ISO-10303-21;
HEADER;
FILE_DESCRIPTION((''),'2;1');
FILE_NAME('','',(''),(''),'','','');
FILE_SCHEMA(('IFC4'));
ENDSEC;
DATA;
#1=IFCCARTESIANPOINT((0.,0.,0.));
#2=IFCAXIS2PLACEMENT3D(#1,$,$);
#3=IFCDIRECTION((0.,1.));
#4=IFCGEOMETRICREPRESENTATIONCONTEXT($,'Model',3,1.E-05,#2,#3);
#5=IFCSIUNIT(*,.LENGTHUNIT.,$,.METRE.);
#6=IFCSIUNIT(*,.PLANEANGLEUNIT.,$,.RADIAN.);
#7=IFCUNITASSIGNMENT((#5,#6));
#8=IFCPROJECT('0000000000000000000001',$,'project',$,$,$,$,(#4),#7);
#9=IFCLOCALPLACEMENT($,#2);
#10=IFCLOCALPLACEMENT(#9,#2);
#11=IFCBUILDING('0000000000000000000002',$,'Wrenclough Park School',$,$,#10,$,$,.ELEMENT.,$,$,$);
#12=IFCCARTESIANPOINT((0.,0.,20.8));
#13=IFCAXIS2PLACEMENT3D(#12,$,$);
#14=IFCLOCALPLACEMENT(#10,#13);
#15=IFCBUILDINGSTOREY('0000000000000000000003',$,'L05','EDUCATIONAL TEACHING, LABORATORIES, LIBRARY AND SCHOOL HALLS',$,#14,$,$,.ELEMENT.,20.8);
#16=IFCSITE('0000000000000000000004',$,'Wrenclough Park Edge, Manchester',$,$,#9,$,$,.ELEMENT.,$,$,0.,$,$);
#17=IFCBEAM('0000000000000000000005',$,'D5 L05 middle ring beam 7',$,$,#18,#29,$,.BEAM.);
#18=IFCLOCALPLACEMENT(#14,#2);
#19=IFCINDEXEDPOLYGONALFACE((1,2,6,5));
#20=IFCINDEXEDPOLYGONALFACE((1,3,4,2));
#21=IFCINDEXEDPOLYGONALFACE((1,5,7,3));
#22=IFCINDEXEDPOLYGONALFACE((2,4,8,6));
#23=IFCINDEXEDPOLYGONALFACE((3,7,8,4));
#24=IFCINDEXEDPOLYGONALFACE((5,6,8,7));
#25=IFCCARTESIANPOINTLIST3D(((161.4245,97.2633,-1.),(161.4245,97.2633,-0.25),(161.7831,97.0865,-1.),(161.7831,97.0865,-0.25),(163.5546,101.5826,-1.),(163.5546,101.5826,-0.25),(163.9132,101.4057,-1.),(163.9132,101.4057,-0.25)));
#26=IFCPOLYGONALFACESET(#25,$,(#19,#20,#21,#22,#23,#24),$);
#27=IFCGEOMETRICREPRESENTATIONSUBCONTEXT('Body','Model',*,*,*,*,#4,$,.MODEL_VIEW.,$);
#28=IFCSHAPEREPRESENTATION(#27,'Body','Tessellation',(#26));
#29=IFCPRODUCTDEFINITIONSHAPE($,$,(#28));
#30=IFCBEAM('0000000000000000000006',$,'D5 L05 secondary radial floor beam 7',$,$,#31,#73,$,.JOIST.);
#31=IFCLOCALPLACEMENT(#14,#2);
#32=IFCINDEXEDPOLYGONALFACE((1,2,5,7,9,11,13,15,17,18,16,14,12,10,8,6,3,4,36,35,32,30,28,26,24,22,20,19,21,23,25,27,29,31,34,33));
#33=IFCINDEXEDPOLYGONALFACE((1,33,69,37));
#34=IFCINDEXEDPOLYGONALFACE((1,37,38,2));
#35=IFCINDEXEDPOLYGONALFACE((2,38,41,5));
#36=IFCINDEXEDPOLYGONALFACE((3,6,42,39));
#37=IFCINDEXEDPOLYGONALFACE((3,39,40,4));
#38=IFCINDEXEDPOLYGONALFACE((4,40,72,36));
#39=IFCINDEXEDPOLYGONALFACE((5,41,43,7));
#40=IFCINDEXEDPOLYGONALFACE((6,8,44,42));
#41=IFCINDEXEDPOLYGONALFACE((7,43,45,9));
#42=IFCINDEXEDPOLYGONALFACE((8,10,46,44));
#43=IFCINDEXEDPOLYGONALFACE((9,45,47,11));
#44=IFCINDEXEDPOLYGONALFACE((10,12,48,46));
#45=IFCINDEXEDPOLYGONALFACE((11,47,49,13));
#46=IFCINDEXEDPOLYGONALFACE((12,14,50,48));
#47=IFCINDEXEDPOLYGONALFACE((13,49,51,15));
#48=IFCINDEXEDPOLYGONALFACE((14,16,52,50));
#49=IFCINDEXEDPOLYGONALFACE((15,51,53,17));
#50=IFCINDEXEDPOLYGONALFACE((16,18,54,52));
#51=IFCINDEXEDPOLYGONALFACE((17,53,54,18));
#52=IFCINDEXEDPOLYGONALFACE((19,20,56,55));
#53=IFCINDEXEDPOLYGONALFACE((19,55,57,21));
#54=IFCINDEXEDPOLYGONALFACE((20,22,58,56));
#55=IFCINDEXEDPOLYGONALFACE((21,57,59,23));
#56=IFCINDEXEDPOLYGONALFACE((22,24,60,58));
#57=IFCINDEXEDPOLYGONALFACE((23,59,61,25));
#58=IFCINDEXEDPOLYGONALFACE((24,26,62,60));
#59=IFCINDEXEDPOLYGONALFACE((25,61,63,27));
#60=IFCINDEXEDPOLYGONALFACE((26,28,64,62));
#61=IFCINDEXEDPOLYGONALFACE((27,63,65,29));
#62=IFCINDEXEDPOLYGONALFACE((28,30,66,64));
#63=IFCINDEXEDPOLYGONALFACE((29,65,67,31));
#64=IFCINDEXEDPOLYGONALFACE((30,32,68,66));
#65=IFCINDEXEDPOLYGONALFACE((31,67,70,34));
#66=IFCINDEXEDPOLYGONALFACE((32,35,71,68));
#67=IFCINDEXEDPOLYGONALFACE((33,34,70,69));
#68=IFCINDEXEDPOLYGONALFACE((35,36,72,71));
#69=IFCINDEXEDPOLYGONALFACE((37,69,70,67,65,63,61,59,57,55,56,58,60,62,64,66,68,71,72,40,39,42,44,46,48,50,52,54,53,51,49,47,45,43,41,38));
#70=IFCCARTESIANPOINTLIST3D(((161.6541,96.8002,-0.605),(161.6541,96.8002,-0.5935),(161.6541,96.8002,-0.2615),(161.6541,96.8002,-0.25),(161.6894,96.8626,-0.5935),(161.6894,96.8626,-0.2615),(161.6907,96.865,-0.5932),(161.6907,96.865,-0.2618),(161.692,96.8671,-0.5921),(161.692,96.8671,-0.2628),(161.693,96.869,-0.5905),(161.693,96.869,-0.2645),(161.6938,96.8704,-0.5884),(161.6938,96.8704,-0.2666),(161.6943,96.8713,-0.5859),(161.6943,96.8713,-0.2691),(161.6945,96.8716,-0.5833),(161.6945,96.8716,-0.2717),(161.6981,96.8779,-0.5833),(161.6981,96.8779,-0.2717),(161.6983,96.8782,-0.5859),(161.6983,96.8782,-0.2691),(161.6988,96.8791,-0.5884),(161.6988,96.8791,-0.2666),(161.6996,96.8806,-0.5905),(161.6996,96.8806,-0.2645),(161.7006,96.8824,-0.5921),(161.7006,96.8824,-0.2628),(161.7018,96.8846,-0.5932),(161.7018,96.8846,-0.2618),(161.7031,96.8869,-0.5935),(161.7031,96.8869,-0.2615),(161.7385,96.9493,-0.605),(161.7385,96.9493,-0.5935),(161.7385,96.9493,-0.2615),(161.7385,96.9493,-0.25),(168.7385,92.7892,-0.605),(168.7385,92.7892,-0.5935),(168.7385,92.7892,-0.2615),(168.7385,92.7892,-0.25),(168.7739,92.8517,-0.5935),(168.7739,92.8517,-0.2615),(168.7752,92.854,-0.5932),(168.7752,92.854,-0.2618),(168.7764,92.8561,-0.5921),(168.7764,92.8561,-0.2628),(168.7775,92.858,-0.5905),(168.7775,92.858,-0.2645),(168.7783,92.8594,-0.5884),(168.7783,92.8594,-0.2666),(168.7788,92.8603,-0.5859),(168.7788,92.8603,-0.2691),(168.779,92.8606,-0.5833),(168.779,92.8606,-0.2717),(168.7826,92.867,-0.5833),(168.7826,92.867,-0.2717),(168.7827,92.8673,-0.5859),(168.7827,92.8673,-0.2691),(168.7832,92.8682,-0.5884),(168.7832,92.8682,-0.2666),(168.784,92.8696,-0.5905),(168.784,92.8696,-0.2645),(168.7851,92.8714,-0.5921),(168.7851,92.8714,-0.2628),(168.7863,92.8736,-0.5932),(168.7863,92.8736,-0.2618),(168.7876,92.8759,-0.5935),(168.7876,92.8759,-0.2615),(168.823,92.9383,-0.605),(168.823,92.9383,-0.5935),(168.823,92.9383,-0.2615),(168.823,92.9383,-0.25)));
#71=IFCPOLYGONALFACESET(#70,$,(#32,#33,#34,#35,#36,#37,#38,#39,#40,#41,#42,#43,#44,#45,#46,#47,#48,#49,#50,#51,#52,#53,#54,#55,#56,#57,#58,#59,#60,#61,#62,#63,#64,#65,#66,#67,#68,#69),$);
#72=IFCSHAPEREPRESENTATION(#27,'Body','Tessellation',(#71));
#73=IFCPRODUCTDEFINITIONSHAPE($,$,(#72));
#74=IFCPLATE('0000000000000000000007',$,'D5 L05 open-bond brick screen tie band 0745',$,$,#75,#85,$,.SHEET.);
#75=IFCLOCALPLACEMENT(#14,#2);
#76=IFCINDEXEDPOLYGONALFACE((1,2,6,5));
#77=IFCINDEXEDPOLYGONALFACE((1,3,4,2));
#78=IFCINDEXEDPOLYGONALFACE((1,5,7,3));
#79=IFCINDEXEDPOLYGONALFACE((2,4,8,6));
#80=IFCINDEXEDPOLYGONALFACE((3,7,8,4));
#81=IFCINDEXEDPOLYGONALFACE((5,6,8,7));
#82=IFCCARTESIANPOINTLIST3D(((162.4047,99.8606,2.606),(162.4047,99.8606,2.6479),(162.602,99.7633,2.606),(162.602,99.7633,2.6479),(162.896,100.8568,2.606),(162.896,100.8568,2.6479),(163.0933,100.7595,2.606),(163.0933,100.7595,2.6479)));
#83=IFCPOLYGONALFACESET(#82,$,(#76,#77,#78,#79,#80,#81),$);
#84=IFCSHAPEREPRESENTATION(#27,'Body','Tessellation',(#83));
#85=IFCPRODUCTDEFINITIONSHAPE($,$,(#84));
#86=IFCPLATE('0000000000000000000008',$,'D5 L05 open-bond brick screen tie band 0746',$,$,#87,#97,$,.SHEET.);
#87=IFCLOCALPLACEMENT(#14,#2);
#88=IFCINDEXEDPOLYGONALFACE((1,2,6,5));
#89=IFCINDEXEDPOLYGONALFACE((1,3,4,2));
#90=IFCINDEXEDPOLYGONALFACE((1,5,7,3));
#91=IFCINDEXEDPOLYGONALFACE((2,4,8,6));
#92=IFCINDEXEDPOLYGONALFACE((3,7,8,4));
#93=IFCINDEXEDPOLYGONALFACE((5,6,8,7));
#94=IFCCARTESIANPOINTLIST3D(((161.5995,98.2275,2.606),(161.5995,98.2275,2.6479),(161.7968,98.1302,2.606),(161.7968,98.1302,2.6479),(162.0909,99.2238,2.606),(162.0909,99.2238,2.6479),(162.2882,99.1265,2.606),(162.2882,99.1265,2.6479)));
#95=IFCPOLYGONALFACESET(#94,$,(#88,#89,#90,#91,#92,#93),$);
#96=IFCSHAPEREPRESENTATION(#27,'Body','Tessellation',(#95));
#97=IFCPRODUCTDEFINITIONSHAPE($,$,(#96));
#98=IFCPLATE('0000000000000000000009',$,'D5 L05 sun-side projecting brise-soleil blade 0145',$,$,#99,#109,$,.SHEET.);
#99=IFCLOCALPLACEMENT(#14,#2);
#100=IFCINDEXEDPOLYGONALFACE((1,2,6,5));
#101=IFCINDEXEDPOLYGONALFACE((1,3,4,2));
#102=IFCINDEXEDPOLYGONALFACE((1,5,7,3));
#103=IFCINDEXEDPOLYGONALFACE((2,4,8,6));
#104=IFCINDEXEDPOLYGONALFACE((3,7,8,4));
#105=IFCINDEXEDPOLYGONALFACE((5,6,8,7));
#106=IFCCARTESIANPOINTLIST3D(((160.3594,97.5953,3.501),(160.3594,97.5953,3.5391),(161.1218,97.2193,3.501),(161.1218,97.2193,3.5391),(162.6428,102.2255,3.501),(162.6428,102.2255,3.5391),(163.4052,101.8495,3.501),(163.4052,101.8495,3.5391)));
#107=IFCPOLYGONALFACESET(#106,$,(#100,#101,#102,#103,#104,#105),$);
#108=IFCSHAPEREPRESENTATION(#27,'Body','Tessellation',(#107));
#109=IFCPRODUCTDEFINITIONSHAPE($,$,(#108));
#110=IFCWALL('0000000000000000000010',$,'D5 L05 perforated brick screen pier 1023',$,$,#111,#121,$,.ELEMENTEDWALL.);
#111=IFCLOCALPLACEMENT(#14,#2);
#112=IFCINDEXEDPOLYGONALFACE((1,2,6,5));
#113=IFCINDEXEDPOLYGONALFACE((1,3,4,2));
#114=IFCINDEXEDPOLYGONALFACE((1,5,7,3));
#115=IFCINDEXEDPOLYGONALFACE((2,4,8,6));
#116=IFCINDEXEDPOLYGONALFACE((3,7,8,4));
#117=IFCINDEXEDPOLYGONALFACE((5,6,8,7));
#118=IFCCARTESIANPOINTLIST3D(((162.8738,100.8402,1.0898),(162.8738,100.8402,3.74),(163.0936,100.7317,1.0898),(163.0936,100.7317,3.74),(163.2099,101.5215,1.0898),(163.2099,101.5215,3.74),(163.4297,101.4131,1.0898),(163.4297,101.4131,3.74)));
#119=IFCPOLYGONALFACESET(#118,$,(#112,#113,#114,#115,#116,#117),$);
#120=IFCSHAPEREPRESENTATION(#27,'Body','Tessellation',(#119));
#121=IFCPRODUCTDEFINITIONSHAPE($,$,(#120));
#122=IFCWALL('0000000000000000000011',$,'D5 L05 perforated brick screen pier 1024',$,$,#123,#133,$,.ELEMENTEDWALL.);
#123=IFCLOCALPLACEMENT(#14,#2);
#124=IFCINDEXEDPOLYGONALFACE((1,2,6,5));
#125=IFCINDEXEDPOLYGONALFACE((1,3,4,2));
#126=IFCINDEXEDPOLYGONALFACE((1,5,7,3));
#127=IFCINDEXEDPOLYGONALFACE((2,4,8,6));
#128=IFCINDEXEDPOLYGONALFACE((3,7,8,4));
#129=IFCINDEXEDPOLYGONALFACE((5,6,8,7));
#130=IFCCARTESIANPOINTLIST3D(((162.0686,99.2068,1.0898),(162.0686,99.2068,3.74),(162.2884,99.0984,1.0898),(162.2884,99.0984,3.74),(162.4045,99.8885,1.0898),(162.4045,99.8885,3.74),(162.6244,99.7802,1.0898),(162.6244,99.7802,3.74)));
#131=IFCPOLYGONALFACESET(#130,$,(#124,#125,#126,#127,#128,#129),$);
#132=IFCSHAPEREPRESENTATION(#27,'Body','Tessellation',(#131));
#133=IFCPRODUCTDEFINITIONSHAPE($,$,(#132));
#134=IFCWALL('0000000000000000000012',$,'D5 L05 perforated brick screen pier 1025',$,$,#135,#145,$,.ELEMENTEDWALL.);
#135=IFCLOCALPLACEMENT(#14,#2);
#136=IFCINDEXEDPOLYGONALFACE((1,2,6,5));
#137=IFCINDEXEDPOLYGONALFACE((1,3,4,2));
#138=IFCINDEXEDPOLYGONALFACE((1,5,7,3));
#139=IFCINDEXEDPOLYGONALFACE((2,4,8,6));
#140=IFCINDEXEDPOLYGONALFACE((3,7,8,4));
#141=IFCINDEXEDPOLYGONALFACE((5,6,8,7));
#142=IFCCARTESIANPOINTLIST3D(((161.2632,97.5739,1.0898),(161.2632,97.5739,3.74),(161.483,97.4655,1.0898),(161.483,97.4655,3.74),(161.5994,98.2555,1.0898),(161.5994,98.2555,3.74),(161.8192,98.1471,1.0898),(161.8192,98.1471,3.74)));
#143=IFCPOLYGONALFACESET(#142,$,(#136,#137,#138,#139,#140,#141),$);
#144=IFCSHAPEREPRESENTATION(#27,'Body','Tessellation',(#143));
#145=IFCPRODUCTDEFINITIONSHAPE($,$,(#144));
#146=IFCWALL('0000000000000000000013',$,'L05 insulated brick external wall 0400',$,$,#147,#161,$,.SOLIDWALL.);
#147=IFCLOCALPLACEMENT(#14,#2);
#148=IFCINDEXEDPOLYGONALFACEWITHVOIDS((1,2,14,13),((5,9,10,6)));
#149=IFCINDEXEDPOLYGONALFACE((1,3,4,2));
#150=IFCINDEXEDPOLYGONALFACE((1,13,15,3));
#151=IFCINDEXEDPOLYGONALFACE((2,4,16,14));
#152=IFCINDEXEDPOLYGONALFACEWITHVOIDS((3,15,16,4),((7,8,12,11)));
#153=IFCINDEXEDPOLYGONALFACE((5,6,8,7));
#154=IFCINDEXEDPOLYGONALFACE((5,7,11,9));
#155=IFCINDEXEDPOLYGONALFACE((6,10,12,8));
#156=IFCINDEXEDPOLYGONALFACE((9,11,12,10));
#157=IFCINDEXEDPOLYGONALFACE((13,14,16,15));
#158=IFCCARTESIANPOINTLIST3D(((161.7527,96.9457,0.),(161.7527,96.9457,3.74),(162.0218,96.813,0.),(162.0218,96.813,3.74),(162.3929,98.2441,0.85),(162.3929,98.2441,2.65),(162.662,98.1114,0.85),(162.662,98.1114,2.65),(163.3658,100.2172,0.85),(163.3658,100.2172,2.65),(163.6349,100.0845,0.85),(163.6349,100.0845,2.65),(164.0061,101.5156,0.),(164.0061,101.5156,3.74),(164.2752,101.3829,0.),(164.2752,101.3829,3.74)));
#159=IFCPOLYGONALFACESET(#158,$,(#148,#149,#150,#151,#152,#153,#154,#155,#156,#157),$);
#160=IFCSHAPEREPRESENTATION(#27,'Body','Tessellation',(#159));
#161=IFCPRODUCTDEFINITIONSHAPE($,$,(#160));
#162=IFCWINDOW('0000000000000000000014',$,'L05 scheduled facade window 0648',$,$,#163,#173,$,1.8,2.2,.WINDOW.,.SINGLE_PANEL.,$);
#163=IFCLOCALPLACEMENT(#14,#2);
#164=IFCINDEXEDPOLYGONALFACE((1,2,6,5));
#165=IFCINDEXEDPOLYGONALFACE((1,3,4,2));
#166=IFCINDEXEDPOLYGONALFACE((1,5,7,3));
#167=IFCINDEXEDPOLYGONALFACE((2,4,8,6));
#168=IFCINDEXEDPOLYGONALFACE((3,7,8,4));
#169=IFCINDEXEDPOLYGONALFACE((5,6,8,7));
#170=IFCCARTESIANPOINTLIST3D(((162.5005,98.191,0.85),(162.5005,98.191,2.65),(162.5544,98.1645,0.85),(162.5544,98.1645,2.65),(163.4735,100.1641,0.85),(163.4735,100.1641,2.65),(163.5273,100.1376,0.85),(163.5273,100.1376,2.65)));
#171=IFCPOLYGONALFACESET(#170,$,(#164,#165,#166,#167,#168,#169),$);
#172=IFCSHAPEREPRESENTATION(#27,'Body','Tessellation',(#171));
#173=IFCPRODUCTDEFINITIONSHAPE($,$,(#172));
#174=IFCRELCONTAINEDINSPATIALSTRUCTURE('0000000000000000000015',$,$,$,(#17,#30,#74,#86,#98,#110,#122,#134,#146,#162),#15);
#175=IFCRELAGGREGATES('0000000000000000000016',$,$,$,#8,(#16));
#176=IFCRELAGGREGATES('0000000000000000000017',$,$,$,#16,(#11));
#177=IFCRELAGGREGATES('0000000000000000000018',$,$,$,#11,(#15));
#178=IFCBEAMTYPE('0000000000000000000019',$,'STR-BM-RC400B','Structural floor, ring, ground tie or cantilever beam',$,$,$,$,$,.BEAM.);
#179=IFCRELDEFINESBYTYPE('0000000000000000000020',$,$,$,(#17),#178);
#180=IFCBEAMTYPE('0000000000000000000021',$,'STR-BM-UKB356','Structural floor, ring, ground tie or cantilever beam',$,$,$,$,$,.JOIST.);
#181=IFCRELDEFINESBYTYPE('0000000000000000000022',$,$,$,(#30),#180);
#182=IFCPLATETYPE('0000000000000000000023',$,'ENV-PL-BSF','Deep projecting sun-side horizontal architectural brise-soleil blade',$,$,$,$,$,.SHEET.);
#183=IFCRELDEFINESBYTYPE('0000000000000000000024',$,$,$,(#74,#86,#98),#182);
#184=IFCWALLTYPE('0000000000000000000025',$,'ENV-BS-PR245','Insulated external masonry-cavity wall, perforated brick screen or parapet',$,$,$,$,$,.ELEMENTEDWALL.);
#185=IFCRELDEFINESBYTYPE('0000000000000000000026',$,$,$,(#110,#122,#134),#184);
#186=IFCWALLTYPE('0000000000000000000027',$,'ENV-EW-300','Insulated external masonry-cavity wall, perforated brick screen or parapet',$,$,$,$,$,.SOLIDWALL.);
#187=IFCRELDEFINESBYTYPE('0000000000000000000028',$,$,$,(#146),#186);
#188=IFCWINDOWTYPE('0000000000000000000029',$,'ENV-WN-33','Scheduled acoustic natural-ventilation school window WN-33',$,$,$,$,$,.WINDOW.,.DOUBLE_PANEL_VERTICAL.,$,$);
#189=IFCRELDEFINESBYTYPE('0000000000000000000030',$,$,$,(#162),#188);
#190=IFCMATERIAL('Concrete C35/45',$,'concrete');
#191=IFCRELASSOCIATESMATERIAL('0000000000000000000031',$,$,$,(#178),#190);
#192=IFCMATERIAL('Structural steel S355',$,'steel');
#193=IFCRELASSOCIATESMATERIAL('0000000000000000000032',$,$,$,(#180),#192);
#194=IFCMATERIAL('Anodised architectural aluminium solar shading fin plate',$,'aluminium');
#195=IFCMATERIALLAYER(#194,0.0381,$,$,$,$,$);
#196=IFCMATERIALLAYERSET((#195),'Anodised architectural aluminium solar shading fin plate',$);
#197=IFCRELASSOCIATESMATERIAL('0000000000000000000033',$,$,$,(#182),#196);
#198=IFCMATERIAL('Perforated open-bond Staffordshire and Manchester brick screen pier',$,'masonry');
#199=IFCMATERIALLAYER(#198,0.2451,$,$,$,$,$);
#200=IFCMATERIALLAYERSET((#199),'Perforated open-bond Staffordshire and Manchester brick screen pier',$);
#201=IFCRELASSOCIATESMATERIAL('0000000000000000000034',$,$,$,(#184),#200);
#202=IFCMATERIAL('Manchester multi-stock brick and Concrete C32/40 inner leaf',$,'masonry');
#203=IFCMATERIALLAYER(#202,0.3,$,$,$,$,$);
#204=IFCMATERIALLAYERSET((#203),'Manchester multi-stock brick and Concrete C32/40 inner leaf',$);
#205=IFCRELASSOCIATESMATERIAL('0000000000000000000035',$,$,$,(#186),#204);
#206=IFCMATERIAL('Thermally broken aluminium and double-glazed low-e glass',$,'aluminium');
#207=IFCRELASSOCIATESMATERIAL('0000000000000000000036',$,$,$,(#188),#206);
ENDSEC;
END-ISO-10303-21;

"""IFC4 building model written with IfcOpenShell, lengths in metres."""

from ifc_helpers import new_model, si_unit, direction, frame, frame_2d, origin, origin_2d, place, context, subcontext, project, spatial, rectangle, i_section, extrude, material, layer, layer_set, material_profile, profile_set, type_object, element, fill, save


model = new_model("IFC4")

# Units and contexts
model_context = context("Model", 3, precision=1e-05, world=origin(), true_north=direction((0.0, 1.0)))
body_context = subcontext(model_context, "Body", "Model", "MODEL_VIEW")
ifc_project = project(units=[si_unit("LENGTHUNIT", "METRE"), si_unit("PLANEANGLEUNIT", "RADIAN")], contexts=[model_context])

# Site, building, storey
site_placement = place(None, origin())
site = spatial("IfcSite", under=ifc_project, at=site_placement, Name="Wrenclough Park Edge, Manchester", CompositionType="ELEMENT", RefElevation=0.0)
building_placement = place(site_placement, origin())
building = spatial("IfcBuilding", under=site, at=building_placement, Name="Wrenclough Park School", CompositionType="ELEMENT")
storey_placement = place(building_placement, frame((0.0, 0.0, 20.8)))
storey = spatial("IfcBuildingStorey", under=building, at=storey_placement, Name="L05", Description="EDUCATIONAL TEACHING, LABORATORIES, LIBRARY AND SCHOOL HALLS", CompositionType="ELEMENT", Elevation=20.8)

# Beams
ifc_material_1 = material(Name="Concrete C35/45", Category="concrete")
ifc_material_profile_1 = material_profile(ifc_material_1, rectangle(XDim=0.3999, YDim=0.75, at=origin_2d()), Name="RC BEAM 400x750")
ifc_profile_set_1 = profile_set([ifc_material_profile_1], Name="Concrete C35/45")
beam_type_1 = type_object("IfcBeamType", Name="STR-BM-RC400B", Description="Structural floor, ring, ground tie or cantilever beam", PredefinedType="BEAM", material=ifc_profile_set_1)
beam_1_placement = place(storey_placement, frame((163.7339, 101.4941, -0.625), z_axis=(-0.4423, -0.896867, 0.0), x_axis=(0.896867, -0.4423, 0.0)))
element("IfcBeam", 1, at=beam_1_placement, inside=storey, type_object=beam_type_1, Name="D5 L05 middle ring beam 7", PredefinedType="BEAM", context=body_context, shape_type="SweptSolid", body=[
    extrude(rectangle(XDim=0.3999, YDim=0.75, at=origin_2d()), origin(), (0.0, 0.0, 1.0), 4.8159),
])
ifc_material_2 = material(Name="Structural steel S355", Category="steel")
ifc_material_profile_2 = material_profile(ifc_material_2, i_section(OverallWidth=0.1714, OverallDepth=0.355, WebThickness=0.0073, FlangeThickness=0.0115, FilletRadius=0.0103, at=origin_2d()), Name="UKB 356x171x51")
ifc_profile_set_2 = profile_set([ifc_material_profile_2], Name="Structural steel S355")
beam_type_2 = type_object("IfcBeamType", Name="STR-BM-UKB356", Description="Structural floor, ring, ground tie or cantilever beam", PredefinedType="JOIST", material=ifc_profile_set_2)
beam_2_placement = place(storey_placement, frame((161.6963, 96.8748, -0.4275), z_axis=(0.870209, -0.492683, 0.0), x_axis=(0.492683, 0.870209, 0.0)))
element("IfcBeam", 2, at=beam_2_placement, inside=storey, type_object=beam_type_2, Name="D5 L05 secondary radial floor beam 7", PredefinedType="JOIST", context=body_context, shape_type="SweptSolid", body=[
    extrude(i_section(OverallWidth=0.1714, OverallDepth=0.355, WebThickness=0.0073, FlangeThickness=0.0115, FilletRadius=0.0103, at=origin_2d()), origin(), (0.0, 0.0, 1.0), 8.1411),
])

# Plates
ifc_material_3 = material(Name="Anodised architectural aluminium solar shading fin plate", Category="aluminium")
ifc_layer_1 = layer(ifc_material_3, 0.0381)
ifc_layer_set_1 = layer_set([ifc_layer_1], Name="Anodised architectural aluminium solar shading fin plate")
plate_type = type_object("IfcPlateType", Name="ENV-PL-BSF", Description="Deep projecting sun-side horizontal architectural brise-soleil blade", PredefinedType="SHEET", material=ifc_layer_set_1)
for number, where, z_axis, x_axis, name in (
    (3, (162.749, 100.3101, 2.606), (0.0, 0.0, 1.0), (-0.442301, -0.896867, 0.0), "D5 L05 open-bond brick screen tie band 0745"),
    (4, (161.9438, 98.677, 2.606), (0.0, 0.0, 1.0), (-0.442301, -0.896867, 0.0), "D5 L05 open-bond brick screen tie band 0746"),
):
    element("IfcPlate", number, at=place(storey_placement, frame(where, z_axis=z_axis, x_axis=x_axis)), inside=storey, type_object=plate_type, Name=name, PredefinedType="SHEET", context=body_context, shape_type="SweptSolid", body=[
        extrude(rectangle(XDim=1.1108, YDim=0.22, at=origin_2d()), origin(), (0.0, 0.0, 1.0), 0.042),
    ])
plate_placement = place(storey_placement, frame((161.8823, 99.7224, 3.501), z_axis=(0.0, 0.0, 1.0), x_axis=(-0.442301, -0.896867, 0.0)))
element("IfcPlate", 5, at=plate_placement, inside=storey, type_object=plate_type, Name="D5 L05 sun-side projecting brise-soleil blade 0145", PredefinedType="SHEET", context=body_context, shape_type="SweptSolid", body=[
    extrude(rectangle(XDim=5.1626, YDim=0.8501, at=origin_2d()), origin(), (0.0, 0.0, 1.0), 0.0381),
])

# Walls
ifc_material_4 = material(Name="Perforated open-bond Staffordshire and Manchester brick screen pier", Category="masonry")
ifc_layer_2 = layer(ifc_material_4, 0.2451)
ifc_layer_set_2 = layer_set([ifc_layer_2], Name="Perforated open-bond Staffordshire and Manchester brick screen pier")
wall_type_1 = type_object("IfcWallType", Name="ENV-BS-PR245", Description="Insulated external masonry-cavity wall, perforated brick screen or parapet", PredefinedType="ELEMENTEDWALL", material=ifc_layer_set_2)
wall_1_placement = place(storey_placement, frame((163.3198, 101.4673, 1.0898), z_axis=(0.0, 0.0, 1.0), x_axis=(-0.442452, -0.896792, 0.0)))
element("IfcWall", 6, at=wall_1_placement, inside=storey, type_object=wall_type_1, Name="D5 L05 perforated brick screen pier 1023", PredefinedType="ELEMENTEDWALL", context=body_context, shape_type="SweptSolid", body=[
    extrude(rectangle(XDim=0.7598, YDim=0.2451, at=frame_2d((0.3799, 0.0))), origin(), (0.0, 0.0, 1.0), 2.6501),
])
for number, where, z_axis, x_axis, name in (
    (7, (162.5144, 99.8342, 1.0898), (0.0, 0.0, 1.0), (-0.442066, -0.896983, 0.0), "D5 L05 perforated brick screen pier 1024"),
    (8, (161.7092, 98.2012, 1.0898), (0.0, 0.0, 1.0), (-0.442324, -0.896855, 0.0), "D5 L05 perforated brick screen pier 1025"),
):
    element("IfcWall", number, at=place(storey_placement, frame(where, z_axis=z_axis, x_axis=x_axis)), inside=storey, type_object=wall_type_1, Name=name, PredefinedType="ELEMENTEDWALL", context=body_context, shape_type="SweptSolid", body=[
        extrude(rectangle(XDim=0.76, YDim=0.2451, at=frame_2d((0.3799, 0.0))), origin(), (0.0, 0.0, 1.0), 2.6501),
    ])

# Wall, opening, window
ifc_material_5 = material(Name="Manchester multi-stock brick and Concrete C32/40 inner leaf", Category="masonry")
ifc_layer_3 = layer(ifc_material_5, 0.3)
ifc_layer_set_3 = layer_set([ifc_layer_3], Name="Manchester multi-stock brick and Concrete C32/40 inner leaf")
wall_type_2 = type_object("IfcWallType", Name="ENV-EW-300", Description="Insulated external masonry-cavity wall, perforated brick screen or parapet", PredefinedType="SOLIDWALL", material=ifc_layer_set_3)
wall_2_placement = place(storey_placement, frame((161.8872, 96.8794, 0.0), z_axis=(0.0, 0.0, 1.0), x_axis=(0.442262, 0.896886, 0.0)))
wall_2 = element("IfcWall", 9, at=wall_2_placement, inside=storey, type_object=wall_type_2, Name="L05 insulated brick external wall 0400", PredefinedType="SOLIDWALL", context=body_context, shape_type="SweptSolid", body=[
    extrude(rectangle(XDim=5.0952, YDim=0.3, at=frame_2d((2.5476, 0.0))), origin(), (0.0, 0.0, 1.0), 3.74),
])
opening_1_placement = place(wall_2_placement, frame((1.4475, 0.0, 0.8501)))
opening_1 = element("IfcOpeningElement", 10, at=opening_1_placement, cuts=wall_2, PredefinedType="OPENING", context=body_context, shape_type="SweptSolid", body=[
    extrude(rectangle(XDim=2.2, YDim=1.8, at=frame_2d((1.1001, 0.8999))), frame((0.0, 0.1599, 0.0), z_axis=(0.0, -1.0, 0.0), x_axis=(1.0, 0.0, 0.0)), (0.0, 0.0, 1.0), 0.3201),
])
ifc_material_6 = material(Name="Thermally broken aluminium and double-glazed low-e glass", Category="aluminium")
window_type_1 = type_object("IfcWindowType", Name="ENV-WN-33", Description="Scheduled acoustic natural-ventilation school window WN-33", PartitioningType="DOUBLE_PANEL_VERTICAL", PredefinedType="WINDOW", material=ifc_material_6)
window_1_placement = place(opening_1_placement, origin())
window_1 = element("IfcWindow", 11, at=window_1_placement, inside=storey, type_object=window_type_1, Name="L05 scheduled facade window 0648", OverallHeight=1.8, OverallWidth=2.2, PartitioningType="SINGLE_PANEL", PredefinedType="WINDOW", context=body_context, shape_type="SweptSolid", body=[
    extrude(rectangle(XDim=2.2, YDim=1.8, at=frame_2d((1.1001, 0.8999))), frame((0.0, 0.03, 0.0), z_axis=(0.0, -1.0, 0.0), x_axis=(1.0, 0.0, 0.0)), (0.0, 0.0, 1.0), 0.0601),
])
fill(opening_1, window_1)

save(model, "model.ifc")
